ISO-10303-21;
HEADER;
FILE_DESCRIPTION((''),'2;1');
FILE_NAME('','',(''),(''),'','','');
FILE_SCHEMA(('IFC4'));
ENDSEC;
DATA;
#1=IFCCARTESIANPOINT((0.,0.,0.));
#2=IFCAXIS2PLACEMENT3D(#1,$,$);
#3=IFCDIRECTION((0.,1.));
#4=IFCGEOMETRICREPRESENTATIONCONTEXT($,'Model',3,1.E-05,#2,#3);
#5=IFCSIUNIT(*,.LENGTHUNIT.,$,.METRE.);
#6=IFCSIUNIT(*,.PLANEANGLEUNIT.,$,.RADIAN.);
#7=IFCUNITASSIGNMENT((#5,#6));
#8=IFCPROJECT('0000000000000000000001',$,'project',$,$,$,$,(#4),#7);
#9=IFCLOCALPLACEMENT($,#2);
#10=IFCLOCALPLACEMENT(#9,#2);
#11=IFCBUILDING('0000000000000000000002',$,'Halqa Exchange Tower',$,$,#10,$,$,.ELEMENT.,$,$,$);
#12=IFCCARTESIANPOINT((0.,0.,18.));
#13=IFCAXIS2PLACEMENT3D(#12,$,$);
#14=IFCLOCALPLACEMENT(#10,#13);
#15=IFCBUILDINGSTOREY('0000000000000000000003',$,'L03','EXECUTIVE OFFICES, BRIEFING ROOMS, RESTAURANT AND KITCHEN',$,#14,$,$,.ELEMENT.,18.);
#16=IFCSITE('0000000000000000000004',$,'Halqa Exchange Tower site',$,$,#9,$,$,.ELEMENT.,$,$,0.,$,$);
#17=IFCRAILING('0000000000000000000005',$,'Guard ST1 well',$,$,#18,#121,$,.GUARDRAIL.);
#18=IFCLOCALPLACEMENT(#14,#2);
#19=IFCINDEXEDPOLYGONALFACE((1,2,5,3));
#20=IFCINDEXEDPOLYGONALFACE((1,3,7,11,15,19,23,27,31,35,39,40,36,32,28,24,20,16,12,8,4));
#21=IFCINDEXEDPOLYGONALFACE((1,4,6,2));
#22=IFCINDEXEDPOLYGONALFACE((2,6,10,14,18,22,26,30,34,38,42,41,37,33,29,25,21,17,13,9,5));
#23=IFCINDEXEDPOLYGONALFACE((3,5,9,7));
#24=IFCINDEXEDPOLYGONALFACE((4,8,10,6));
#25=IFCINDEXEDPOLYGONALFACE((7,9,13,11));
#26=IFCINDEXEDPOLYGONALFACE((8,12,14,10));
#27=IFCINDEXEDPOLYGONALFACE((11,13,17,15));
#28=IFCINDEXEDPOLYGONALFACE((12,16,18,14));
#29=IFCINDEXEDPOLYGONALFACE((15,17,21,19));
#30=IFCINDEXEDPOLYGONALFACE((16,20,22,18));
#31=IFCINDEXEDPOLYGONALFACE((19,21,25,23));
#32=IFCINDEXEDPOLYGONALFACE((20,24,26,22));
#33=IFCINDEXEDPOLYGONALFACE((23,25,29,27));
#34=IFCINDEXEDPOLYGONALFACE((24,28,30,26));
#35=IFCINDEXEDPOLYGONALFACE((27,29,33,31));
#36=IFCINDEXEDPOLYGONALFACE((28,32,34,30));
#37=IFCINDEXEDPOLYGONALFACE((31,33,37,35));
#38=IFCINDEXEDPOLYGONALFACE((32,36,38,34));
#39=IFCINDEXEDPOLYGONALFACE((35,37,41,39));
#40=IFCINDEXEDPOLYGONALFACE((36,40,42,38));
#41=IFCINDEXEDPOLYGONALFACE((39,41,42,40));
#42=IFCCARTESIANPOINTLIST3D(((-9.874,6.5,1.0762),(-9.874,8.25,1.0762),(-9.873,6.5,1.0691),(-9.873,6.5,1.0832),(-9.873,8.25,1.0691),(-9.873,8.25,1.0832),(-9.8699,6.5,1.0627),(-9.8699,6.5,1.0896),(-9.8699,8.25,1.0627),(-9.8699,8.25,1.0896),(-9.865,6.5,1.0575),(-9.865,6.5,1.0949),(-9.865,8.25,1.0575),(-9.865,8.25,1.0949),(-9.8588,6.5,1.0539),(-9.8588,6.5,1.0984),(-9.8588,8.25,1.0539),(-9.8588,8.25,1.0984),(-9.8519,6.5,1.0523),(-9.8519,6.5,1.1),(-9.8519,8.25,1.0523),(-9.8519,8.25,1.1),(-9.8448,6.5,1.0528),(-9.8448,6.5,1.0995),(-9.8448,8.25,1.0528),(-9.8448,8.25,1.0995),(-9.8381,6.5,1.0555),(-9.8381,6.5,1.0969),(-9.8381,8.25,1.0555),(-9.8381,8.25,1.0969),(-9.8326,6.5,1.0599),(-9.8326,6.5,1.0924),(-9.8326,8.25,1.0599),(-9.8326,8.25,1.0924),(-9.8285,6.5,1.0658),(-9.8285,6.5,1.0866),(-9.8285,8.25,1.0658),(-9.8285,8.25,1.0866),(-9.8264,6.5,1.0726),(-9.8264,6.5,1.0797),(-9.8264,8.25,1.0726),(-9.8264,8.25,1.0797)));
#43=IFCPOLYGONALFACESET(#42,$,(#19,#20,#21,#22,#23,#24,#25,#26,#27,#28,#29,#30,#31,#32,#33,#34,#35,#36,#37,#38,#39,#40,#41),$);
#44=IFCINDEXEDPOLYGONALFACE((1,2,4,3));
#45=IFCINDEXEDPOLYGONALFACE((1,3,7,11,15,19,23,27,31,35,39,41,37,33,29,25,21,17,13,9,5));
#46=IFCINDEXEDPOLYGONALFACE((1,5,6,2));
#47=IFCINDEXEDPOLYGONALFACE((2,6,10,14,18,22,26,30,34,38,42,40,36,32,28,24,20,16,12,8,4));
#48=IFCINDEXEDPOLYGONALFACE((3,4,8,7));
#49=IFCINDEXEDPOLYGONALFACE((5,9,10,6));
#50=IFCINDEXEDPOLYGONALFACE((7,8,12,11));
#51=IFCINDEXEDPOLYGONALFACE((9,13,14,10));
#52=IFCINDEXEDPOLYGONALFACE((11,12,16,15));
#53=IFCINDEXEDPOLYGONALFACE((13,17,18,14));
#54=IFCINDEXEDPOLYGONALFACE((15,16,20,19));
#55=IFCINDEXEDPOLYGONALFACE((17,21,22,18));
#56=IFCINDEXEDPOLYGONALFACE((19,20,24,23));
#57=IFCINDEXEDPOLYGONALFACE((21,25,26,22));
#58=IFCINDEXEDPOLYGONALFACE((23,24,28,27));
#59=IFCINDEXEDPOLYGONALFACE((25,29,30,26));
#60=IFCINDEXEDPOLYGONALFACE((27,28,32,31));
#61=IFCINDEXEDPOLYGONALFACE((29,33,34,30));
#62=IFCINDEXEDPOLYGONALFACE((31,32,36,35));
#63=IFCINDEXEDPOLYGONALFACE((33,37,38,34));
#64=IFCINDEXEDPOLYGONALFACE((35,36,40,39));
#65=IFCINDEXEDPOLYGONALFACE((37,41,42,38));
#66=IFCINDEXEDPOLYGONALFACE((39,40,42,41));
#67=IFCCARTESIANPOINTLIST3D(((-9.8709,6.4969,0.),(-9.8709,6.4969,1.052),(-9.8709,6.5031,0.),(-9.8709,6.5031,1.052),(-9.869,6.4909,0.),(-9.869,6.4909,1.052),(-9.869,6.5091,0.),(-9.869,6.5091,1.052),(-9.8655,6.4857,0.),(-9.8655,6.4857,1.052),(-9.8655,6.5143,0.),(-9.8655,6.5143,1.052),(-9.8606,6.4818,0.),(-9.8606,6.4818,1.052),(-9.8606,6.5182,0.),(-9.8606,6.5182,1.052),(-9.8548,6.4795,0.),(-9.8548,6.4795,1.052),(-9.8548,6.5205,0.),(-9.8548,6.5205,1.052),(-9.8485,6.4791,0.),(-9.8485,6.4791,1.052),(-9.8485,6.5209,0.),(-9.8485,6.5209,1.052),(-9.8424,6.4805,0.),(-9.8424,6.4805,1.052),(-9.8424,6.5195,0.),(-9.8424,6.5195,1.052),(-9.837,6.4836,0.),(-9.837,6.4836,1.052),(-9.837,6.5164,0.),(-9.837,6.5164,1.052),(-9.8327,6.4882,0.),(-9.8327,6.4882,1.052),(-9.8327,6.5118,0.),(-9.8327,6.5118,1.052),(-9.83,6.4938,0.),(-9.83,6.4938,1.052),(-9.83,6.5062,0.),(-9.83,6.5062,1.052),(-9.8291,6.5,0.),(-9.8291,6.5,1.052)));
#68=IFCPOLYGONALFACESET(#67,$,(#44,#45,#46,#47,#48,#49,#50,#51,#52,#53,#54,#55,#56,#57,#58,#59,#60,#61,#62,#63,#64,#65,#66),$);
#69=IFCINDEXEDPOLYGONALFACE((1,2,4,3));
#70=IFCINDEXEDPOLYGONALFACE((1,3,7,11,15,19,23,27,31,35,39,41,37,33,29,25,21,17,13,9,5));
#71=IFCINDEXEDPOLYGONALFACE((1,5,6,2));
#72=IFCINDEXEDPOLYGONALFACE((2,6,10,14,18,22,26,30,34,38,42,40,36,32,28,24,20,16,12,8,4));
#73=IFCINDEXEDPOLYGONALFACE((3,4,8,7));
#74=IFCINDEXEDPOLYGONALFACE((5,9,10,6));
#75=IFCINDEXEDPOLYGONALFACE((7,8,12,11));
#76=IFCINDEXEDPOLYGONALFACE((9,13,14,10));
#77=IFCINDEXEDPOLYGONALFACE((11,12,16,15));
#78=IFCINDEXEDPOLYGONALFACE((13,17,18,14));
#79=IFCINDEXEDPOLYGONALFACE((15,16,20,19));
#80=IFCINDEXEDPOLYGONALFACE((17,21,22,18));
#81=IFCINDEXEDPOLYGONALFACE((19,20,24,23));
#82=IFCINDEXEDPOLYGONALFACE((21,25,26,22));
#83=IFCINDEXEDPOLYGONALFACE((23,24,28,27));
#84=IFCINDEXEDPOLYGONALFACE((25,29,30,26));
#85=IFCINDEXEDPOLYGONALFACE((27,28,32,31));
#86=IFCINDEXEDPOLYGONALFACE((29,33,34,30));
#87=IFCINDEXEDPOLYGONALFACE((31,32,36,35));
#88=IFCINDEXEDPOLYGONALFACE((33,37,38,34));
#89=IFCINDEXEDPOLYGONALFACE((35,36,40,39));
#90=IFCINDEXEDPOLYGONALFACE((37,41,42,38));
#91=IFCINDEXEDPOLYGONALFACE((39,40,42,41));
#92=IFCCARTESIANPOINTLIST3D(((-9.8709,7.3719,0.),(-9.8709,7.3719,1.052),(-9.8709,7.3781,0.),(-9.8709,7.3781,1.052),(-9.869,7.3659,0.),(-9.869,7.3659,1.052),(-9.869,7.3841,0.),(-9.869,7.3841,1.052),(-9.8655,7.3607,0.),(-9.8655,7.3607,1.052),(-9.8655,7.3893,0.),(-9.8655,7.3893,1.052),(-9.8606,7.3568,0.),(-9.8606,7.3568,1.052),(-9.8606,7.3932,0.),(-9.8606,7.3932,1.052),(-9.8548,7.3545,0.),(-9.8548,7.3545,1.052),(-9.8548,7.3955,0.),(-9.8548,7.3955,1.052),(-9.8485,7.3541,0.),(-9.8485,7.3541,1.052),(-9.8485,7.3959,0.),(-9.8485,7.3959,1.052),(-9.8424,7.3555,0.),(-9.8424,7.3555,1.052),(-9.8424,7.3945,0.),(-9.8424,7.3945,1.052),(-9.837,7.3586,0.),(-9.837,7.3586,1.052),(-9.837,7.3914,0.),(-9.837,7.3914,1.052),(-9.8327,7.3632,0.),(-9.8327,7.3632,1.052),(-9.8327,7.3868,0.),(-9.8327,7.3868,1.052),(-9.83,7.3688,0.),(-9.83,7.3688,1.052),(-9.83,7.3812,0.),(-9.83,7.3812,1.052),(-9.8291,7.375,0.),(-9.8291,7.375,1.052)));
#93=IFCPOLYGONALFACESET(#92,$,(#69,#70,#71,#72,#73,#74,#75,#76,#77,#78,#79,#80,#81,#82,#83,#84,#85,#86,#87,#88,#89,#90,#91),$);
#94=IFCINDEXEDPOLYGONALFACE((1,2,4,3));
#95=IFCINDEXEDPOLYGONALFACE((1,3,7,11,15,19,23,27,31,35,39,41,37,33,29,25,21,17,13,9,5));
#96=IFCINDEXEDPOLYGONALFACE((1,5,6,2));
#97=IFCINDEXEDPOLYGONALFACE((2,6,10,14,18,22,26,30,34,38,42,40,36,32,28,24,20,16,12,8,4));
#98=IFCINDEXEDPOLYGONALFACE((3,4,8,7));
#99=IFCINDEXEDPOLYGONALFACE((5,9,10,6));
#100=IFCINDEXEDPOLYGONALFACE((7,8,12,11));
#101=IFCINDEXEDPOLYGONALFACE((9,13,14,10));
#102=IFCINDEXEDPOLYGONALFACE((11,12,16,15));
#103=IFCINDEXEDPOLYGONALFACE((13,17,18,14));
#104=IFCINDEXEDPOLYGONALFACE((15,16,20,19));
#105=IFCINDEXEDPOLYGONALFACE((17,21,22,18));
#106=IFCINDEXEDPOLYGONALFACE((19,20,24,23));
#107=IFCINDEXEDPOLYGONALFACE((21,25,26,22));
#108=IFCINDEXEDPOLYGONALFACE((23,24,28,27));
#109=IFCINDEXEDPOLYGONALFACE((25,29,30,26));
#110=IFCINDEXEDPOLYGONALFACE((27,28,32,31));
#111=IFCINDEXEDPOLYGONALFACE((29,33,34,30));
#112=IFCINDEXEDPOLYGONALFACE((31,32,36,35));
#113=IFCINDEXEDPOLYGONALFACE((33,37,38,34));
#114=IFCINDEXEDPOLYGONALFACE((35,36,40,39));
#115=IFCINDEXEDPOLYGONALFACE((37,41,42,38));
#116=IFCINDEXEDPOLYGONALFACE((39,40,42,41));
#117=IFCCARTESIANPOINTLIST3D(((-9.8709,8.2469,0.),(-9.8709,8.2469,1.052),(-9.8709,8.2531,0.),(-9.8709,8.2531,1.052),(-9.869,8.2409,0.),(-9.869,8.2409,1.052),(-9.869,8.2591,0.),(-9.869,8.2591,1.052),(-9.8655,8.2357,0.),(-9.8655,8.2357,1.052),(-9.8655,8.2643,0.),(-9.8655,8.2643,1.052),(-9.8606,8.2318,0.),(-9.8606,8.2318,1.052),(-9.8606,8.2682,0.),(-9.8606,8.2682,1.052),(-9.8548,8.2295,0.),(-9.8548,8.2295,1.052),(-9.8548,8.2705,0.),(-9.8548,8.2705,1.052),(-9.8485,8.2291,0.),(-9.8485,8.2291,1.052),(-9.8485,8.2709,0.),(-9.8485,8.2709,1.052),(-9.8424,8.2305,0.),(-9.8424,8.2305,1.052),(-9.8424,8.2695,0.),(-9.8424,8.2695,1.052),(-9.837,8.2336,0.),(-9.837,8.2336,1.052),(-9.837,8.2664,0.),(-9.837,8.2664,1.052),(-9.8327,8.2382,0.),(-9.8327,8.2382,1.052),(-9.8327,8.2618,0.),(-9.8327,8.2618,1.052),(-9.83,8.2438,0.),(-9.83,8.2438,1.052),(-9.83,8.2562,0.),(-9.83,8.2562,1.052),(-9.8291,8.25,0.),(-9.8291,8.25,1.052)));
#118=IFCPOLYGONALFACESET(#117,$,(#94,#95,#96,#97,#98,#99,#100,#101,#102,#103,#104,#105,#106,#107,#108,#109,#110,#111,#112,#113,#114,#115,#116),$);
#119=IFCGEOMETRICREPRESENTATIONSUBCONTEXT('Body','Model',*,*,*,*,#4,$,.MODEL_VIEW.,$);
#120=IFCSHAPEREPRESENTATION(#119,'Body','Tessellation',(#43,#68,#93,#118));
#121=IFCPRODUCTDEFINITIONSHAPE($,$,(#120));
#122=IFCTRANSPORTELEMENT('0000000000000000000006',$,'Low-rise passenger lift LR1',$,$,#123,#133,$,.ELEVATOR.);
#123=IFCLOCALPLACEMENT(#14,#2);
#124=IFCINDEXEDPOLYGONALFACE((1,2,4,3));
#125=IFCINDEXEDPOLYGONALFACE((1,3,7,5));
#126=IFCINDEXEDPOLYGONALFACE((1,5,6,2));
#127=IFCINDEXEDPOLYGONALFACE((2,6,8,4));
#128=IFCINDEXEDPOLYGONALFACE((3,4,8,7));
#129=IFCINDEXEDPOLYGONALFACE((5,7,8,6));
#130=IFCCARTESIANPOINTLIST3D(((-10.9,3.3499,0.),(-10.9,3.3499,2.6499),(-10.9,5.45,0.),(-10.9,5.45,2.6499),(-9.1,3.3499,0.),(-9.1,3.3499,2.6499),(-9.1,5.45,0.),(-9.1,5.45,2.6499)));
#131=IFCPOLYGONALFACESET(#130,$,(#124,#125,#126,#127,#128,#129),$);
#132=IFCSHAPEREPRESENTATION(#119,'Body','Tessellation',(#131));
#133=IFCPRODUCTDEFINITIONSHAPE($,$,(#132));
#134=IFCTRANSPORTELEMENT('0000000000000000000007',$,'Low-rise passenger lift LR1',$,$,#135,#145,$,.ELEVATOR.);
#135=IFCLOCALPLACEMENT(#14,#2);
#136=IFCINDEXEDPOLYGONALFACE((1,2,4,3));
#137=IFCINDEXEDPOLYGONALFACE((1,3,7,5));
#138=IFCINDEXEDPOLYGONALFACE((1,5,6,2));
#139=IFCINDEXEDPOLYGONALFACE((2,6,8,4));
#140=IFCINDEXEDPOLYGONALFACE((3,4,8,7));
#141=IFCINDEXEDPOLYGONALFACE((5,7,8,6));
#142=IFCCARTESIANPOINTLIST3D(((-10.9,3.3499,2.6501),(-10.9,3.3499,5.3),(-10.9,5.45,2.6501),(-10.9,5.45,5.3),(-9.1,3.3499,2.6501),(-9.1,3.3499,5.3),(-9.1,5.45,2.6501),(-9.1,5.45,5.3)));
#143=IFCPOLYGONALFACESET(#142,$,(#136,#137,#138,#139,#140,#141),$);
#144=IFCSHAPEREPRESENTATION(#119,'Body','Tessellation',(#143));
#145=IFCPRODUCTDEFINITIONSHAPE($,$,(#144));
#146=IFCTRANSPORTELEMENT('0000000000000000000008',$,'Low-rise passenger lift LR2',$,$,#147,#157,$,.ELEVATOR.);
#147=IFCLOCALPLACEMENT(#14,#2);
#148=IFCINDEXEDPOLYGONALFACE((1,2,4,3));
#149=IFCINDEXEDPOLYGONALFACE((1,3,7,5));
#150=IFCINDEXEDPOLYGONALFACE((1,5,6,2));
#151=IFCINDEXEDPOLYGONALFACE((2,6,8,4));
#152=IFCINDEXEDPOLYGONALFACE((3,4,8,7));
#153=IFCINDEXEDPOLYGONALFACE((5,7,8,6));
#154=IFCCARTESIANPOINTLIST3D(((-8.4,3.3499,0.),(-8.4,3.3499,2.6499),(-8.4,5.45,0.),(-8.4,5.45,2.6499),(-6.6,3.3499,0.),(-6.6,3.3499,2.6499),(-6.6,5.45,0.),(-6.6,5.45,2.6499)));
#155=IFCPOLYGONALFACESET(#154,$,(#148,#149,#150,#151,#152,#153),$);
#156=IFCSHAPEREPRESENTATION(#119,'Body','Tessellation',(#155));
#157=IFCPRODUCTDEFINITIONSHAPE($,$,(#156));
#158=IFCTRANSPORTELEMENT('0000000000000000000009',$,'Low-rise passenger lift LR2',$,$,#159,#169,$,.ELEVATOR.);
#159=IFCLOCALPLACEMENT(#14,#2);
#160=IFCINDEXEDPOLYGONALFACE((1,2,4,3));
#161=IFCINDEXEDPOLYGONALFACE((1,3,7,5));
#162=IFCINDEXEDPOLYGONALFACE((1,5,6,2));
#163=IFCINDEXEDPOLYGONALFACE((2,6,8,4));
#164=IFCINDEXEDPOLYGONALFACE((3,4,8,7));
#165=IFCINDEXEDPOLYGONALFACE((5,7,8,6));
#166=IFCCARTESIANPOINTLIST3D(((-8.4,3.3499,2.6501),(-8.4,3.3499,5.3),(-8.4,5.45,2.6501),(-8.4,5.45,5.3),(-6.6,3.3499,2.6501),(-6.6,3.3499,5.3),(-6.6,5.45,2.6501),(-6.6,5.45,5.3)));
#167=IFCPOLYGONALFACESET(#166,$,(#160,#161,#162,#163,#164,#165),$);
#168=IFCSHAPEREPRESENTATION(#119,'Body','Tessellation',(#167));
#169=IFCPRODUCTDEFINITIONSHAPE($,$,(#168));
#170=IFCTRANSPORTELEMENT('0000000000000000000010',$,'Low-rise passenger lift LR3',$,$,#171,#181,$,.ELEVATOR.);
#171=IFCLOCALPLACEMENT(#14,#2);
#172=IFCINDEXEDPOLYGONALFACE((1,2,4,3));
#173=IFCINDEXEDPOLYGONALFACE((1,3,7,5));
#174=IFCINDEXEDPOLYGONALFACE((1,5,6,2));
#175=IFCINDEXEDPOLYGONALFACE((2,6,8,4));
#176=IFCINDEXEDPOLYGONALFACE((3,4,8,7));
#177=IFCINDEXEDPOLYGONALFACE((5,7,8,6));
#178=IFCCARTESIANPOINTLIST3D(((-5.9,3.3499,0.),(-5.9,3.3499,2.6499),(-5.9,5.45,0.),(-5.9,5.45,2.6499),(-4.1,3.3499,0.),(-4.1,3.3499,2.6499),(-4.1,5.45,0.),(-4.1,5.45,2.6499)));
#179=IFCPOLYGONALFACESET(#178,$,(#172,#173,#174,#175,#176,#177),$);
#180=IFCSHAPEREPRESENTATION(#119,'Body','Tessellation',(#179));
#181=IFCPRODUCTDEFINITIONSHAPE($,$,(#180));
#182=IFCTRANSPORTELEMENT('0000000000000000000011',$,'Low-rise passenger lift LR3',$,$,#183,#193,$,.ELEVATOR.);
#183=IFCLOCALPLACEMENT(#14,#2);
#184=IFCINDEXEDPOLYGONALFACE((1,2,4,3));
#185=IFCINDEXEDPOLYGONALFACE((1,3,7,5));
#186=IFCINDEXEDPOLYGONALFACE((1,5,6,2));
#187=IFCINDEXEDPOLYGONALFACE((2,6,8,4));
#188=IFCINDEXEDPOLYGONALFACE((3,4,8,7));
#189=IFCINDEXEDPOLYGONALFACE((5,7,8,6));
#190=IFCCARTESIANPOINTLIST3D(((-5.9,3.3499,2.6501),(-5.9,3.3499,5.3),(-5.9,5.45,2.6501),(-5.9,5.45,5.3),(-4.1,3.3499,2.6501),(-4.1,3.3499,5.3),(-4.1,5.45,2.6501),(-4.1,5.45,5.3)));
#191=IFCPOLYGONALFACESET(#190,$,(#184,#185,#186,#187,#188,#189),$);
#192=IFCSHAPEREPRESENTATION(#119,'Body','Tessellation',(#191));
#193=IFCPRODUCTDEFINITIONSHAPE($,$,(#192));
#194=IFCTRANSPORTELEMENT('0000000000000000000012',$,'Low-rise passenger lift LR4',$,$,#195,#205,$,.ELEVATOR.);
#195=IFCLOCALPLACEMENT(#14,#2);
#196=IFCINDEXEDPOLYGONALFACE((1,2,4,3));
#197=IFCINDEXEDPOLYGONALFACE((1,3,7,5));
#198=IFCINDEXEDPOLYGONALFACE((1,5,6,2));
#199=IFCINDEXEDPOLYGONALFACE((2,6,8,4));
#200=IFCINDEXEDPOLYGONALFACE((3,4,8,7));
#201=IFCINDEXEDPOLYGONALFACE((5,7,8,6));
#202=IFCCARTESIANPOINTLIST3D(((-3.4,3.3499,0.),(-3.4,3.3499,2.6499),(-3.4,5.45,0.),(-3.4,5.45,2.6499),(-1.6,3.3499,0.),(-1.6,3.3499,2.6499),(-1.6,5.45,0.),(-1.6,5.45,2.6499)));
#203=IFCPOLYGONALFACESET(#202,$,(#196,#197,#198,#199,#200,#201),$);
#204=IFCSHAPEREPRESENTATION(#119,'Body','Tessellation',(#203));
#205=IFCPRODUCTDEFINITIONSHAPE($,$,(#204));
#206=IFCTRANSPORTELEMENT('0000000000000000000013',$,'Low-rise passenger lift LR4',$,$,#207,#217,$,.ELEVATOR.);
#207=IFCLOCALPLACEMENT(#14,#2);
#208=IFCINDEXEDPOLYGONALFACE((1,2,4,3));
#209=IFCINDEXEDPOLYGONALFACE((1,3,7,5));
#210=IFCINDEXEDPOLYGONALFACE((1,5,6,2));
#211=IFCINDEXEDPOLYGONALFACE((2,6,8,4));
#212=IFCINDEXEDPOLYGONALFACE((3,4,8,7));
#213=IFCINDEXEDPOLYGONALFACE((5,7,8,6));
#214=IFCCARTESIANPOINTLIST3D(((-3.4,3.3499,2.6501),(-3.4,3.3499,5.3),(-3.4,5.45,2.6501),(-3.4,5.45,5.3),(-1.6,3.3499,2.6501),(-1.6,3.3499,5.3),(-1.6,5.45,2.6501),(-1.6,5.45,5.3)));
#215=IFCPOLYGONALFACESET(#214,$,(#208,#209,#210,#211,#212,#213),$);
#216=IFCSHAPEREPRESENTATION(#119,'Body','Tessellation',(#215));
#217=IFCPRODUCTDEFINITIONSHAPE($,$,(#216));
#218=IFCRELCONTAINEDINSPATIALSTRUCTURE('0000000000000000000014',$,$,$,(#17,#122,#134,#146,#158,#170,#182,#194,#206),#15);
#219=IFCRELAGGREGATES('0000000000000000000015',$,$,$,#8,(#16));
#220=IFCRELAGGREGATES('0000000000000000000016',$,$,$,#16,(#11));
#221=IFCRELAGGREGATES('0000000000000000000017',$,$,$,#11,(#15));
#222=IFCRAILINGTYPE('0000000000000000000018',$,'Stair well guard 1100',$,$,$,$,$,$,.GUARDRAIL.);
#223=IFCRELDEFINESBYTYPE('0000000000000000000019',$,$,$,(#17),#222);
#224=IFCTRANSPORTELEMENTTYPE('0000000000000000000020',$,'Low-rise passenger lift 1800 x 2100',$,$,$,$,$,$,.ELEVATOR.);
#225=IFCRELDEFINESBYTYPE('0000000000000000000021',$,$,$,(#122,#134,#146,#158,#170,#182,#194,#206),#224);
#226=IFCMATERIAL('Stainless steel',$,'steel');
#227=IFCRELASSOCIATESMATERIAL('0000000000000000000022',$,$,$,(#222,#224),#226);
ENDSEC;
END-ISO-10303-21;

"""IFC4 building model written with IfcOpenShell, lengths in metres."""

from ifc_helpers import new_model, si_unit, direction, frame, origin, origin_2d, place, context, subcontext, project, spatial, rectangle, circle, extrude, material, type_object, element, save


model = new_model("IFC4")

# Units and contexts
model_context = context("Model", 3, precision=1e-05, world=origin(), true_north=direction((0.0, 1.0)))
body_context = subcontext(model_context, "Body", "Model", "MODEL_VIEW")
ifc_project = project(units=[si_unit("LENGTHUNIT", "METRE"), si_unit("PLANEANGLEUNIT", "RADIAN")], contexts=[model_context])

# Site, building, storey
site_placement = place(None, origin())
site = spatial("IfcSite", under=ifc_project, at=site_placement, Name="Halqa Exchange Tower site", CompositionType="ELEMENT", RefElevation=0.0)
building_placement = place(site_placement, origin())
building = spatial("IfcBuilding", under=site, at=building_placement, Name="Halqa Exchange Tower", CompositionType="ELEMENT")
storey_placement = place(building_placement, frame((0.0, 0.0, 18.0)))
storey = spatial("IfcBuildingStorey", under=building, at=storey_placement, Name="L03", Description="EXECUTIVE OFFICES, BRIEFING ROOMS, RESTAURANT AND KITCHEN", CompositionType="ELEMENT", Elevation=18.0)

# Shared definitions
ifc_material_1 = material(Name="Stainless steel", Category="steel")

# Railing
railing_type_1 = type_object("IfcRailingType", Name="Stair well guard 1100", PredefinedType="GUARDRAIL", material=ifc_material_1)
railing_1_placement = place(storey_placement, frame((-9.8501, 6.5, 0.0)))
element("IfcRailing", 1, at=railing_1_placement, inside=storey, type_object=railing_type_1, Name="Guard ST1 well", PredefinedType="GUARDRAIL", context=body_context, shape_type="SweptSolid", body=[
    extrude(circle(Radius=0.0239, at=origin_2d()), frame((0.0, 0.0, 1.0762), z_axis=(0.0, 1.0, 0.0), x_axis=(-1.0, 0.0, 0.0)), (0.0, 0.0, 1.0), 1.75),
    extrude(circle(Radius=0.021, at=origin_2d()), origin(), (0.0, 0.0, 1.0), 1.052),
    extrude(circle(Radius=0.021, at=origin_2d()), frame((0.0, 0.875, 0.0)), (0.0, 0.0, 1.0), 1.052),
    extrude(circle(Radius=0.021, at=origin_2d()), frame((0.0, 1.75, 0.0)), (0.0, 0.0, 1.0), 1.052),
])

# Transport elements
transport_element_type = type_object("IfcTransportElementType", Name="Low-rise passenger lift 1800 x 2100", PredefinedType="ELEVATOR", material=ifc_material_1)
for number, where, z_axis, x_axis, name in (
    (2, (-10.0, 4.3999, 0.0), (0.0, 0.0, 1.0), (1.0, 0.0, 0.0), "Low-rise passenger lift LR1"),
    (3, (-10.0, 4.3999, 2.6501), (0.0, 0.0, 1.0), (1.0, 0.0, 0.0), "Low-rise passenger lift LR1"),
    (4, (-7.5, 4.3999, 0.0), (0.0, 0.0, 1.0), (1.0, 0.0, 0.0), "Low-rise passenger lift LR2"),
    (5, (-7.5, 4.3999, 2.6501), (0.0, 0.0, 1.0), (1.0, 0.0, 0.0), "Low-rise passenger lift LR2"),
    (6, (-5.0, 4.3999, 0.0), (0.0, 0.0, 1.0), (1.0, 0.0, 0.0), "Low-rise passenger lift LR3"),
    (7, (-5.0, 4.3999, 2.6501), (0.0, 0.0, 1.0), (1.0, 0.0, 0.0), "Low-rise passenger lift LR3"),
    (8, (-2.5, 4.3999, 0.0), (0.0, 0.0, 1.0), (1.0, 0.0, 0.0), "Low-rise passenger lift LR4"),
    (9, (-2.5, 4.3999, 2.6501), (0.0, 0.0, 1.0), (1.0, 0.0, 0.0), "Low-rise passenger lift LR4"),
):
    element("IfcTransportElement", number, at=place(storey_placement, frame(where, z_axis=z_axis, x_axis=x_axis)), inside=storey, type_object=transport_element_type, Name=name, PredefinedType="ELEVATOR", context=body_context, shape_type="SweptSolid", body=[
        extrude(rectangle(XDim=1.8, YDim=2.1001, at=origin_2d()), origin(), (0.0, 0.0, 1.0), 2.6499),
    ])

save(model, "model.ifc")
